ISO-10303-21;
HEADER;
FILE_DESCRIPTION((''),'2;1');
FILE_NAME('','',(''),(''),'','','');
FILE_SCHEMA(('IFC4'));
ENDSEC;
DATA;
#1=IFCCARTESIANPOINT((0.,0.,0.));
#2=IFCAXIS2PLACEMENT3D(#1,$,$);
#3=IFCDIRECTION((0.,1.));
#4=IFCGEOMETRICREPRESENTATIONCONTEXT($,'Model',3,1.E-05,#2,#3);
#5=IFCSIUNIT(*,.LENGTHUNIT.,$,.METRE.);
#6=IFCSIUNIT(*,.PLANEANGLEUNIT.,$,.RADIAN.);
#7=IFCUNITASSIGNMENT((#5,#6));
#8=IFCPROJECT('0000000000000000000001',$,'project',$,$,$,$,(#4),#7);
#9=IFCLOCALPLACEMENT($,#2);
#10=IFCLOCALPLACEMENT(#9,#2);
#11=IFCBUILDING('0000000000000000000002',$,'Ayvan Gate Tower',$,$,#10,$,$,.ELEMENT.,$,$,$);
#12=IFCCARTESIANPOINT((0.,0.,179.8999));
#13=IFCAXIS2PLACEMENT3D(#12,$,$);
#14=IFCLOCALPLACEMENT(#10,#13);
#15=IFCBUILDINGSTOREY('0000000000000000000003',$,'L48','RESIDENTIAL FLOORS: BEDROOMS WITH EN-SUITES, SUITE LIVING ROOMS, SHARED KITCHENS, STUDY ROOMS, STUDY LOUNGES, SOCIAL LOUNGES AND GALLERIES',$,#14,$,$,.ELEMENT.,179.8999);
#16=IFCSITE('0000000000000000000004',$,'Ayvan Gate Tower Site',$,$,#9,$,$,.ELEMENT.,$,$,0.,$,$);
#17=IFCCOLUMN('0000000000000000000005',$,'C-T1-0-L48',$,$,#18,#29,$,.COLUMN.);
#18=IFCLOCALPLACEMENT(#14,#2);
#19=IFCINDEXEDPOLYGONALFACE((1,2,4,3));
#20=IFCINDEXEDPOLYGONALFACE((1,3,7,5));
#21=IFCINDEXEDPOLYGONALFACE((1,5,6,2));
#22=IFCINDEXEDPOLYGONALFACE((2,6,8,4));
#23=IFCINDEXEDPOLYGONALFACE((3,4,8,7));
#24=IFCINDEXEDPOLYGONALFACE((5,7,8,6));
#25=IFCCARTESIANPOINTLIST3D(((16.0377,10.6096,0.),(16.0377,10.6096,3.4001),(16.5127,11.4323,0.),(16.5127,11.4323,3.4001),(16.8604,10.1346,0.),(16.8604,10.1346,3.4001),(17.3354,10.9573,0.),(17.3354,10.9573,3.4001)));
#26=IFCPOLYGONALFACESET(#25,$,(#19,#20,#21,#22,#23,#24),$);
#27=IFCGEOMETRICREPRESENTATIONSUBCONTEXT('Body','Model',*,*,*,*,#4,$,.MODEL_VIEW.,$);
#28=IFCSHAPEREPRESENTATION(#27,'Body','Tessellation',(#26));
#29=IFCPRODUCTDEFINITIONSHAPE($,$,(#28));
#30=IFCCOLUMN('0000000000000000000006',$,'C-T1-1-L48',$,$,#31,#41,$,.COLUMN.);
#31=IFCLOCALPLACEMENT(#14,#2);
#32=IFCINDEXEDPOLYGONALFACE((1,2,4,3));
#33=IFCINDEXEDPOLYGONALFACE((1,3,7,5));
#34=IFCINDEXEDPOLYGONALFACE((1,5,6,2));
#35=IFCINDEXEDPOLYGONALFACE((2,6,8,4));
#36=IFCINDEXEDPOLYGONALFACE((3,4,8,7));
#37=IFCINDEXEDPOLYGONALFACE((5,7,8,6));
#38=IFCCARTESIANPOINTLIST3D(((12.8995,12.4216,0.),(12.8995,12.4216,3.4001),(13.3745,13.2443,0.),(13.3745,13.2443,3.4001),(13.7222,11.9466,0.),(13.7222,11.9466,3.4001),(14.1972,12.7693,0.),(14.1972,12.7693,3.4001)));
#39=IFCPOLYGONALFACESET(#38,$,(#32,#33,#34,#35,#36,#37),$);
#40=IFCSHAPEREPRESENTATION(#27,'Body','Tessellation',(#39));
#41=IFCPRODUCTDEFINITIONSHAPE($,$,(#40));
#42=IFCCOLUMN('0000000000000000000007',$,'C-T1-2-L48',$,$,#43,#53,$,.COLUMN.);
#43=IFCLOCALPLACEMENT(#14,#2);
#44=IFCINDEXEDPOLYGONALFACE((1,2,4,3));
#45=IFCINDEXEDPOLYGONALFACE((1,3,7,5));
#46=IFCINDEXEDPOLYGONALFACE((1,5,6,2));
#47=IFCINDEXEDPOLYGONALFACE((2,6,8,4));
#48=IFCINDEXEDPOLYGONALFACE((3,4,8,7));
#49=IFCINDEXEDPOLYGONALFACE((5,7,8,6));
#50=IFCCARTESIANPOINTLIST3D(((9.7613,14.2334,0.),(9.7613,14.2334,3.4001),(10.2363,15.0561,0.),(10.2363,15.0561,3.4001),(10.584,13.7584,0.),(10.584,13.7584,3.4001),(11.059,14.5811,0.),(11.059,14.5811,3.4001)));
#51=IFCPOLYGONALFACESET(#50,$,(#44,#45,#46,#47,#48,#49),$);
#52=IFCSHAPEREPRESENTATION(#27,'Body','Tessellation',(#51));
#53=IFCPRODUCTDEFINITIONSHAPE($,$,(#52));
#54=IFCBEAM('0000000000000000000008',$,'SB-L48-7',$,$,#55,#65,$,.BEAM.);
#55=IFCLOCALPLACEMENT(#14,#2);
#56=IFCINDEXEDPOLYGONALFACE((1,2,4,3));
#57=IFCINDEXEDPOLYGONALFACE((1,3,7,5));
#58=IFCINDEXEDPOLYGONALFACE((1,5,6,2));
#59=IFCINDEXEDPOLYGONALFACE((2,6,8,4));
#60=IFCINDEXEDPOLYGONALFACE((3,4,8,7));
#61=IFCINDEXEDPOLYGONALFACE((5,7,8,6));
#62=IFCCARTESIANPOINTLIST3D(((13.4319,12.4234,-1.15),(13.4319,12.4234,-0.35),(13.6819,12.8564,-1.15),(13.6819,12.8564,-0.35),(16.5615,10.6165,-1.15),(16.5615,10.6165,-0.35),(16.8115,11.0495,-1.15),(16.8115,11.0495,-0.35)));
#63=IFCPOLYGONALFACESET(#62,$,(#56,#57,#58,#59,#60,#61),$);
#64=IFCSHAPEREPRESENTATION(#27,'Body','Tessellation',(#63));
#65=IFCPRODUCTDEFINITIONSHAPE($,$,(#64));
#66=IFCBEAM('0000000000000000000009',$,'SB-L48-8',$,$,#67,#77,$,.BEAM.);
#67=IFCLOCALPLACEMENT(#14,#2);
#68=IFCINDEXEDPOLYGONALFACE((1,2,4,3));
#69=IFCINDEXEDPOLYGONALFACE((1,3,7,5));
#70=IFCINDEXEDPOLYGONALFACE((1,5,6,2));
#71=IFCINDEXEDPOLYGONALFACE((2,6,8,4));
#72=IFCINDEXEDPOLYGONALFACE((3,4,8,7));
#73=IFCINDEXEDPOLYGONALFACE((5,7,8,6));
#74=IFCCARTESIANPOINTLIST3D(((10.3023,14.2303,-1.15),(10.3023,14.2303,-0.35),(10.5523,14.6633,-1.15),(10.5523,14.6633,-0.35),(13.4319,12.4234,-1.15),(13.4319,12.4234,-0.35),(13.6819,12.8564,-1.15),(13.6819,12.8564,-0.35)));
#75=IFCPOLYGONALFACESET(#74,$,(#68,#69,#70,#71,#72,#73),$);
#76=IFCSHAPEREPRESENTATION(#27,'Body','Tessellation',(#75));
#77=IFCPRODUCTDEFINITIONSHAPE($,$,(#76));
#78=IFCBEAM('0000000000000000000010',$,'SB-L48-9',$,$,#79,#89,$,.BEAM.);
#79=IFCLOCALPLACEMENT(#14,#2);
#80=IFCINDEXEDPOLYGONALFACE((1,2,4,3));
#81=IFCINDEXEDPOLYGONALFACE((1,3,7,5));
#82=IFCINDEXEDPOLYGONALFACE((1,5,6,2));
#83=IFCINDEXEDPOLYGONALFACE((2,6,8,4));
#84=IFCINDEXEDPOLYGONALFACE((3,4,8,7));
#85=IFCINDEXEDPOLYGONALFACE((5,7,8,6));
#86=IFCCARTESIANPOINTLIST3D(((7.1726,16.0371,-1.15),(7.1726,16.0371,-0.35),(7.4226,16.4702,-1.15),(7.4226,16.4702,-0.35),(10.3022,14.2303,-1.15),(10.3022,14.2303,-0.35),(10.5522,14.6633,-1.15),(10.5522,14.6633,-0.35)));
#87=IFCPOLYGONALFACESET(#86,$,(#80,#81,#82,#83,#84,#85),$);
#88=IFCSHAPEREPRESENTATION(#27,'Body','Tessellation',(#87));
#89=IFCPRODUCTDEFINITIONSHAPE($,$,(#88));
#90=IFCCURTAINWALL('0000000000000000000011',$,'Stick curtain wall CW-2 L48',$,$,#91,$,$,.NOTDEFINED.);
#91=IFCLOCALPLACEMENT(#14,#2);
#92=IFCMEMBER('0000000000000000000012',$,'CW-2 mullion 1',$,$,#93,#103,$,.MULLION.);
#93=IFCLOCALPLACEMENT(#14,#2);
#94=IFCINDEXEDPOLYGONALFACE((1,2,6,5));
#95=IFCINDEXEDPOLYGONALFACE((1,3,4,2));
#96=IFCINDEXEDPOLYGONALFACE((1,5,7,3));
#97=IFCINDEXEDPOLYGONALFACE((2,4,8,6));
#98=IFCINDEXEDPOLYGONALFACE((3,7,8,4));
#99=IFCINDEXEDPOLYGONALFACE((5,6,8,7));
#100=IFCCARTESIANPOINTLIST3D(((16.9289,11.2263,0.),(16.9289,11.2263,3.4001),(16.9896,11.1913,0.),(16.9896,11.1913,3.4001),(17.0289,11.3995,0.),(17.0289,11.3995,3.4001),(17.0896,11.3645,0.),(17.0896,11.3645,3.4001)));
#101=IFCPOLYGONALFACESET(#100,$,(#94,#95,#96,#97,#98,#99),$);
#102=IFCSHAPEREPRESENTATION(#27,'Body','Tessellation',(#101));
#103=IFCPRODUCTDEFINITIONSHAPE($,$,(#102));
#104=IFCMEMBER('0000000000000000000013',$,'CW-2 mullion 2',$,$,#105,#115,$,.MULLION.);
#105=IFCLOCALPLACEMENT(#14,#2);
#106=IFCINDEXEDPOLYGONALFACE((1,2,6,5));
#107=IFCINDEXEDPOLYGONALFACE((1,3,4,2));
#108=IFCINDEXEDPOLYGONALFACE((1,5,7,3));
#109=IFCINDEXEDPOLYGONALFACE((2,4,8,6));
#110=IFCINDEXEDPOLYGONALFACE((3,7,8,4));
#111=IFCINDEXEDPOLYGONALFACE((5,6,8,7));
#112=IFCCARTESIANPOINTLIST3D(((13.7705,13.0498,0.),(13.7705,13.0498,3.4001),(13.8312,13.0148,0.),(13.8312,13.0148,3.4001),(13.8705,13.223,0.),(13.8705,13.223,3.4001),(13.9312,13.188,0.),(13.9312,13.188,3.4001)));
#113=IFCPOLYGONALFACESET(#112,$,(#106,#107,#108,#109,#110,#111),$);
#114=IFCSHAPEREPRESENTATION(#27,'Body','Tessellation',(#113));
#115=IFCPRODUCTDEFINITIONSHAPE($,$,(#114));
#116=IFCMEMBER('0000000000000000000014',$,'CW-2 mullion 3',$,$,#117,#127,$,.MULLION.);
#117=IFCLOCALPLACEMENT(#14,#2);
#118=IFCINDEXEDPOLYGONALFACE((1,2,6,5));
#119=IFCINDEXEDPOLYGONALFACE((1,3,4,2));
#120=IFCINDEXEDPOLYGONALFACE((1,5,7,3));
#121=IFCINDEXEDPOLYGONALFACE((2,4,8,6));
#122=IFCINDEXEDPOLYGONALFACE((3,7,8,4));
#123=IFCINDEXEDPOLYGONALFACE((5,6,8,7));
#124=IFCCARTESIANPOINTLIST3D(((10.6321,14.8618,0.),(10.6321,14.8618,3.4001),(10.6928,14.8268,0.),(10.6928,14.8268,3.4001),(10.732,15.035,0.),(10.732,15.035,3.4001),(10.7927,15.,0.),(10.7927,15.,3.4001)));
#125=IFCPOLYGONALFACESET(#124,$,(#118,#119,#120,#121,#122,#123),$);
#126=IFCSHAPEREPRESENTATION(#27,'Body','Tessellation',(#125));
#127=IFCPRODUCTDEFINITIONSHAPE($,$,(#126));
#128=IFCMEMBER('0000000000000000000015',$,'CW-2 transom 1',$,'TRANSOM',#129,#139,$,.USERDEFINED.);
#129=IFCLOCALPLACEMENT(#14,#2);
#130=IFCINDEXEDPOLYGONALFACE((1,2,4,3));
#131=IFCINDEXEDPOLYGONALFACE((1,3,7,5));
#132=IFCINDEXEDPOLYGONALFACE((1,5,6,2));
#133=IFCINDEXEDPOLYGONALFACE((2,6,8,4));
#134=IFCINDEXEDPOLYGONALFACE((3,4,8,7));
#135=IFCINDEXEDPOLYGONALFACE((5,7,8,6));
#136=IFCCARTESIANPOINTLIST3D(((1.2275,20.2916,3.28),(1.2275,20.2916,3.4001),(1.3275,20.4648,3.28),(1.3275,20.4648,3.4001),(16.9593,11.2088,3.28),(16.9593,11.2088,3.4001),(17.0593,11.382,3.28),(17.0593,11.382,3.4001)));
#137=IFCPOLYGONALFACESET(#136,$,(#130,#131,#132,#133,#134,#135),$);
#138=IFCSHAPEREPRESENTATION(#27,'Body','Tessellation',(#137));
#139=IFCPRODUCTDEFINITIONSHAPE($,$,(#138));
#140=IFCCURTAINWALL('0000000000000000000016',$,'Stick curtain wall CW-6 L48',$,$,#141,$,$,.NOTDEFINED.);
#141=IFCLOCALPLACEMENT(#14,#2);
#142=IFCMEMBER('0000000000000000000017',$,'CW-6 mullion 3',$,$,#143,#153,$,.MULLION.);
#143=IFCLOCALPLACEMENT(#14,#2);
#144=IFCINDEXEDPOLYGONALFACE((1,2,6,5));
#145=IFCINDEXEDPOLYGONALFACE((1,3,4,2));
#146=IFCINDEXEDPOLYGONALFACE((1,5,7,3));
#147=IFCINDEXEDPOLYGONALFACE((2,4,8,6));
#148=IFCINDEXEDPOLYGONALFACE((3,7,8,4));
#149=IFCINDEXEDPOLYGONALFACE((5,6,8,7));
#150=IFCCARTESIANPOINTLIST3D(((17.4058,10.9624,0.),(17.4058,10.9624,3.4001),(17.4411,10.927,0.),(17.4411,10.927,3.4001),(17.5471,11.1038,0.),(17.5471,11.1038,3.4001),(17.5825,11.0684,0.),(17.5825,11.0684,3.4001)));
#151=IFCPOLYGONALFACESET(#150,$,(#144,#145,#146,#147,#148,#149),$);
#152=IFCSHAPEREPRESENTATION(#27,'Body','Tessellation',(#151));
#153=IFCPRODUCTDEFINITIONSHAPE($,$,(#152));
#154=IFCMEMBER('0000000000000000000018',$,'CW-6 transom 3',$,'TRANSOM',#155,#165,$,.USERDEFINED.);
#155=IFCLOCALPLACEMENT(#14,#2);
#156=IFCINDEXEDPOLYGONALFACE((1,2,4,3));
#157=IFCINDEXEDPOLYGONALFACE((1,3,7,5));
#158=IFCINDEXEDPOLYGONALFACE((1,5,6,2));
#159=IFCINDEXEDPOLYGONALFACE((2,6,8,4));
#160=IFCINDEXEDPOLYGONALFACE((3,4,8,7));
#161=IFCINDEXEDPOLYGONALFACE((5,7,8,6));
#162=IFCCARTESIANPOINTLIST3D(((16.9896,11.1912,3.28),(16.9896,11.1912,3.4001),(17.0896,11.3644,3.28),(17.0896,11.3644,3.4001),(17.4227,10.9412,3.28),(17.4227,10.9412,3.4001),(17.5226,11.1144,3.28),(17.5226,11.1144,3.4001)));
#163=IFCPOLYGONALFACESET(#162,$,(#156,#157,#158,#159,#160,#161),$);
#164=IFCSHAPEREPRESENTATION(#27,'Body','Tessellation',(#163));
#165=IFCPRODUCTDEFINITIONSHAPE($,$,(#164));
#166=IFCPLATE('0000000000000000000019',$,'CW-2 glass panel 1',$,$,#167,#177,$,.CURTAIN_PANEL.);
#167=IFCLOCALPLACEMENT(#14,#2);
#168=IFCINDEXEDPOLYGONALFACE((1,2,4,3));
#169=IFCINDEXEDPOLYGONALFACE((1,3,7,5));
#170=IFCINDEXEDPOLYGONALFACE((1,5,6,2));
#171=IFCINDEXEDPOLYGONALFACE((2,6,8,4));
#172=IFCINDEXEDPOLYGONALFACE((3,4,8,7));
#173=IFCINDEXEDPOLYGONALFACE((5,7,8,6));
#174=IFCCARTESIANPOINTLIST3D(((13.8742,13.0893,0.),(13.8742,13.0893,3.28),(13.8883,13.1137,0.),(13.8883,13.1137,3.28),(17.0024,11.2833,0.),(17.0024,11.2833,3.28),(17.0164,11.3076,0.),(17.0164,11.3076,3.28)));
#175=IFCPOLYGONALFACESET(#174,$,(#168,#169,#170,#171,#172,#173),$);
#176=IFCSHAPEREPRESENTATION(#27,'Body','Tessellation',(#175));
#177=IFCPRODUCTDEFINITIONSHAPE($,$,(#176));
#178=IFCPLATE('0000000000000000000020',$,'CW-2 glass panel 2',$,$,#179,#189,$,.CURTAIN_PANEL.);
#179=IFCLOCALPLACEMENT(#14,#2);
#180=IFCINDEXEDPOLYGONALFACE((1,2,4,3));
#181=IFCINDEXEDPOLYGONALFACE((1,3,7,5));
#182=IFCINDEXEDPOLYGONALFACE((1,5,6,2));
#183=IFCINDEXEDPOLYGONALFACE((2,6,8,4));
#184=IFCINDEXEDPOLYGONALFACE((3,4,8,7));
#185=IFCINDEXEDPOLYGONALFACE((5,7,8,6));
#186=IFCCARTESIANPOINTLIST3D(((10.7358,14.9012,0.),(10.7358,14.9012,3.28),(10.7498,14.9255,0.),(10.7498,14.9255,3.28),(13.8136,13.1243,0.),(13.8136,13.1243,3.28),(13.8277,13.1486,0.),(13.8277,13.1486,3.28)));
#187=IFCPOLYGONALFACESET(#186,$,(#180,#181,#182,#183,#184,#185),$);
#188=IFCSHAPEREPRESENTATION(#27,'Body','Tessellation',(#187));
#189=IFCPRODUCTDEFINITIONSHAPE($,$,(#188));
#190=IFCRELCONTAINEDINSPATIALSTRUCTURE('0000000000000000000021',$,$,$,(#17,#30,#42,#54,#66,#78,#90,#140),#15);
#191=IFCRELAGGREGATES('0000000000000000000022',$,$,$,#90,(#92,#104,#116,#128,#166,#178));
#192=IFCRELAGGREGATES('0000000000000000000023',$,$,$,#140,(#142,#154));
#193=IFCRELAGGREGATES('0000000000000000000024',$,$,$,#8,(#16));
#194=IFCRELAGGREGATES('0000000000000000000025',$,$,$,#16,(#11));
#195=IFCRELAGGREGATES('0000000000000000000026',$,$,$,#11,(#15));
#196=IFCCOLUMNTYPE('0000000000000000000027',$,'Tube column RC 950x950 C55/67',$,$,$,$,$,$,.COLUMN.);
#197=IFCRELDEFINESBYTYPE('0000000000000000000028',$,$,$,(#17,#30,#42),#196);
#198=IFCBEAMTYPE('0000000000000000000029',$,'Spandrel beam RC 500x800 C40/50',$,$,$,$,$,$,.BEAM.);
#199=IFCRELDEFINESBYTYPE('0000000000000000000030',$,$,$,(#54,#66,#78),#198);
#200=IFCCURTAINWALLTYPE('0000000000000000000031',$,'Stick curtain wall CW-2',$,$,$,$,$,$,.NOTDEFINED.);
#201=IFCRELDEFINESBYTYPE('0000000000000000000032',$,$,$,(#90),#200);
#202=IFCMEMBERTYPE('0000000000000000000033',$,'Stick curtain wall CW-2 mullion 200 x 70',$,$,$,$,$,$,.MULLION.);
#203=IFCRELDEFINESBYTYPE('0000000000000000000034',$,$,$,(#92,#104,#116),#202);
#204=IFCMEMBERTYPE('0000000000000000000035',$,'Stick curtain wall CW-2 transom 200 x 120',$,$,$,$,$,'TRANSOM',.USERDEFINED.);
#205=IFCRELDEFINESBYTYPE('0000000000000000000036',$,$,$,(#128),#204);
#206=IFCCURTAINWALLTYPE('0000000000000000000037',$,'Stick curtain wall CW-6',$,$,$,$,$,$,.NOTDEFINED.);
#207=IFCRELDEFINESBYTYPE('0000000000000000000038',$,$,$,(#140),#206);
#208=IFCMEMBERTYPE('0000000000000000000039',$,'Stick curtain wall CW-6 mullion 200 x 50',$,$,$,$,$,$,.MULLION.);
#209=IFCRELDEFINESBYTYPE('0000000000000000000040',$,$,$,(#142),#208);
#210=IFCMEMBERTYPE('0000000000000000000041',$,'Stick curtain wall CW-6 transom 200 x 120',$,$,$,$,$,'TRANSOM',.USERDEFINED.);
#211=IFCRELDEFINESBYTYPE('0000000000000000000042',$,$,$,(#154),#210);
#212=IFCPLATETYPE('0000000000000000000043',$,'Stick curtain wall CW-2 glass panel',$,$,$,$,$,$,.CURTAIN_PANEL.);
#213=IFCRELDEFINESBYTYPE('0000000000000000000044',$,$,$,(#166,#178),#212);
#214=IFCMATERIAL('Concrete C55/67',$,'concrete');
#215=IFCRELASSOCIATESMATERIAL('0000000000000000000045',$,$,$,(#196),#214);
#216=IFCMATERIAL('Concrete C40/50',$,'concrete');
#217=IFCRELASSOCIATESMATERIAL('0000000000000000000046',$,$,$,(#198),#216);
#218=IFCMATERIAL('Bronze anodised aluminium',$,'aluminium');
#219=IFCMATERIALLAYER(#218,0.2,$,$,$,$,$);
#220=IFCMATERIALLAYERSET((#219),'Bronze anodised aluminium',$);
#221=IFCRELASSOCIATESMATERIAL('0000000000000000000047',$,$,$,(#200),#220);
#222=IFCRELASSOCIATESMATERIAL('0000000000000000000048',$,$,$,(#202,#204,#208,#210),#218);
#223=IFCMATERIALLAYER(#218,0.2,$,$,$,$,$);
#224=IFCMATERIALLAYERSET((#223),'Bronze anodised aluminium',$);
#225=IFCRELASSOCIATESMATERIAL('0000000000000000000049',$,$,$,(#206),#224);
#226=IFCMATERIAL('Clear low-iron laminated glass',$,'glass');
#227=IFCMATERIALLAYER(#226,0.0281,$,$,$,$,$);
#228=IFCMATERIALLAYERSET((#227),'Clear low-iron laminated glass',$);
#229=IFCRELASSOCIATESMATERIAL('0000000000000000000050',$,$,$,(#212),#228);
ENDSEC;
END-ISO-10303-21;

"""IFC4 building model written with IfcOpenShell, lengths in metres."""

from ifc_helpers import new_model, si_unit, direction, frame, origin, origin_2d, place, context, subcontext, project, spatial, rectangle, extrude, material, layer, layer_set, material_profile, profile_set, type_object, element, aggregate, save


model = new_model("IFC4")

# Units and contexts
model_context = context("Model", 3, precision=1e-05, world=origin(), true_north=direction((0.0, 1.0)))
body_context = subcontext(model_context, "Body", "Model", "MODEL_VIEW")
ifc_project = project(units=[si_unit("LENGTHUNIT", "METRE"), si_unit("PLANEANGLEUNIT", "RADIAN")], contexts=[model_context])

# Site, building, storey
site_placement = place(None, origin())
site = spatial("IfcSite", under=ifc_project, at=site_placement, Name="Ayvan Gate Tower Site", CompositionType="ELEMENT", RefElevation=0.0)
building_placement = place(site_placement, origin())
building = spatial("IfcBuilding", under=site, at=building_placement, Name="Ayvan Gate Tower", CompositionType="ELEMENT")
storey_placement = place(building_placement, frame((0.0, 0.0, 179.8999)))
storey = spatial("IfcBuildingStorey", under=building, at=storey_placement, Name="L48", Description="RESIDENTIAL FLOORS: BEDROOMS WITH EN-SUITES, SUITE LIVING ROOMS, SHARED KITCHENS, STUDY ROOMS, STUDY LOUNGES, SOCIAL LOUNGES AND GALLERIES", CompositionType="ELEMENT", Elevation=179.8999)

# Columns
ifc_material_1 = material(Name="Concrete C55/67", Category="concrete")
ifc_material_profile_1 = material_profile(ifc_material_1, rectangle(XDim=0.95, YDim=0.95, at=origin_2d()), Name="RC 950x950")
ifc_profile_set_1 = profile_set([ifc_material_profile_1], Name="Concrete C55/67")
column_type = type_object("IfcColumnType", Name="Tube column RC 950x950 C55/67", PredefinedType="COLUMN", material=ifc_profile_set_1)
for number, where, z_axis, x_axis, name in (
    (1, (16.6865, 10.7834, 0.0), (0.0, 0.0, 1.0), (0.5, 0.866025, 0.0), "C-T1-0-L48"),
    (2, (13.5483, 12.5955, 0.0), (0.0, 0.0, 1.0), (0.5, 0.866025, 0.0), "C-T1-1-L48"),
    (3, (10.4102, 14.4072, 0.0), (0.0, 0.0, 1.0), (0.5, 0.866025, 0.0), "C-T1-2-L48"),
):
    element("IfcColumn", number, at=place(storey_placement, frame(where, z_axis=z_axis, x_axis=x_axis)), inside=storey, type_object=column_type, Name=name, PredefinedType="COLUMN", context=body_context, shape_type="SweptSolid", body=[
        extrude(rectangle(XDim=0.95, YDim=0.95, at=origin_2d()), origin(), (0.0, 0.0, 1.0), 3.4001),
    ])

# Beams
ifc_material_2 = material(Name="Concrete C40/50", Category="concrete")
ifc_material_profile_2 = material_profile(ifc_material_2, rectangle(XDim=0.5, YDim=0.8, at=origin_2d()), Name="RC 500x800")
ifc_profile_set_2 = profile_set([ifc_material_profile_2], Name="Concrete C40/50")
beam_type = type_object("IfcBeamType", Name="Spandrel beam RC 500x800 C40/50", PredefinedType="BEAM", material=ifc_profile_set_2)
for number, where, z_axis, x_axis, name in (
    (4, (16.6865, 10.833, -0.75), (-0.866027, 0.499997, 0.0), (-0.499997, -0.866027, 0.0), "SB-L48-7"),
    (5, (13.5569, 12.6399, -0.75), (-0.866027, 0.499997, 0.0), (-0.499997, -0.866027, 0.0), "SB-L48-8"),
    (6, (10.4272, 14.4468, -0.75), (-0.866027, 0.499997, 0.0), (-0.499997, -0.866027, 0.0), "SB-L48-9"),
):
    element("IfcBeam", number, at=place(storey_placement, frame(where, z_axis=z_axis, x_axis=x_axis)), inside=storey, type_object=beam_type, Name=name, PredefinedType="BEAM", context=body_context, shape_type="SweptSolid", body=[
        extrude(rectangle(XDim=0.5, YDim=0.8, at=origin_2d()), origin(), (0.0, 0.0, 1.0), 3.6138),
    ])

# Curtain walls, members
ifc_material_3 = material(Name="Bronze anodised aluminium", Category="aluminium")
ifc_layer_1 = layer(ifc_material_3, 0.2)
ifc_layer_set_1 = layer_set([ifc_layer_1], Name="Bronze anodised aluminium")
curtain_wall_type_1 = type_object("IfcCurtainWallType", Name="Stick curtain wall CW-2", PredefinedType="NOTDEFINED", material=ifc_layer_set_1)
curtain_wall_1_placement = place(storey_placement, origin())
curtain_wall_1 = element("IfcCurtainWall", 7, at=curtain_wall_1_placement, inside=storey, type_object=curtain_wall_type_1, Name="Stick curtain wall CW-2 L48", PredefinedType="NOTDEFINED")
ifc_material_profile_3 = material_profile(ifc_material_3, rectangle(XDim=0.2, YDim=0.0701, at=origin_2d()), Name="Stick curtain wall CW-2 mullion 200 x 70")
ifc_profile_set_3 = profile_set([ifc_material_profile_3], Name="Bronze anodised aluminium")
member_type_1 = type_object("IfcMemberType", Name="Stick curtain wall CW-2 mullion 200 x 70", PredefinedType="MULLION", material=ifc_profile_set_3)
member_1_placement = place(storey_placement, frame((17.0093, 11.2954, 0.0), z_axis=(0.0, 0.0, 1.0), x_axis=(0.5, 0.866025, 0.0)))
member_1 = element("IfcMember", 8, at=member_1_placement, type_object=member_type_1, Name="CW-2 mullion 1", PredefinedType="MULLION", context=body_context, shape_type="SweptSolid", body=[
    extrude(rectangle(XDim=0.2, YDim=0.0701, at=origin_2d()), origin(), (0.0, 0.0, 1.0), 3.4001),
])
member_2_placement = place(storey_placement, frame((13.8508, 13.1189, 0.0), z_axis=(0.0, 0.0, 1.0), x_axis=(0.5, 0.866025, 0.0)))
member_2 = element("IfcMember", 9, at=member_2_placement, type_object=member_type_1, Name="CW-2 mullion 2", PredefinedType="MULLION", context=body_context, shape_type="SweptSolid", body=[
    extrude(rectangle(XDim=0.2, YDim=0.0701, at=origin_2d()), origin(), (0.0, 0.0, 1.0), 3.4001),
])
member_3_placement = place(storey_placement, frame((10.7124, 14.9309, 0.0), z_axis=(0.0, 0.0, 1.0), x_axis=(0.5, 0.866025, 0.0)))
member_3 = element("IfcMember", 10, at=member_3_placement, type_object=member_type_1, Name="CW-2 mullion 3", PredefinedType="MULLION", context=body_context, shape_type="SweptSolid", body=[
    extrude(rectangle(XDim=0.2, YDim=0.0701, at=origin_2d()), origin(), (0.0, 0.0, 1.0), 3.4001),
])
ifc_material_profile_4 = material_profile(ifc_material_3, rectangle(XDim=0.2, YDim=0.1201, at=origin_2d()), Name="Stick curtain wall CW-2 transom 200 x 120")
ifc_profile_set_4 = profile_set([ifc_material_profile_4], Name="Bronze anodised aluminium")
member_type_2 = type_object("IfcMemberType", Name="Stick curtain wall CW-2 transom 200 x 120", ElementType="TRANSOM", PredefinedType="USERDEFINED", material=ifc_profile_set_4)
member_4_placement = place(storey_placement, frame((17.0093, 11.2954, 3.3401), z_axis=(-0.866024, 0.500003, 0.0), x_axis=(-0.500003, -0.866024, 0.0)))
member_4 = element("IfcMember", 11, at=member_4_placement, type_object=member_type_2, Name="CW-2 transom 1", ObjectType="TRANSOM", PredefinedType="USERDEFINED", context=body_context, shape_type="SweptSolid", body=[
    extrude(rectangle(XDim=0.2, YDim=0.1201, at=origin_2d()), origin(), (0.0, 0.0, 1.0), 18.1655),
])
ifc_layer_2 = layer(ifc_material_3, 0.2)
ifc_layer_set_2 = layer_set([ifc_layer_2], Name="Bronze anodised aluminium")
curtain_wall_type_2 = type_object("IfcCurtainWallType", Name="Stick curtain wall CW-6", PredefinedType="NOTDEFINED", material=ifc_layer_set_2)
curtain_wall_2_placement = place(storey_placement, origin())
curtain_wall_2 = element("IfcCurtainWall", 12, at=curtain_wall_2_placement, inside=storey, type_object=curtain_wall_type_2, Name="Stick curtain wall CW-6 L48", PredefinedType="NOTDEFINED")
ifc_material_profile_5 = material_profile(ifc_material_3, rectangle(XDim=0.2, YDim=0.05, at=origin_2d()), Name="Stick curtain wall CW-6 mullion 200 x 50")
ifc_profile_set_5 = profile_set([ifc_material_profile_5], Name="Bronze anodised aluminium")
member_type_3 = type_object("IfcMemberType", Name="Stick curtain wall CW-6 mullion 200 x 50", PredefinedType="MULLION", material=ifc_profile_set_5)
member_5_placement = place(storey_placement, frame((17.4941, 11.0154, 0.0), z_axis=(0.0, 0.0, 1.0), x_axis=(0.707107, 0.707107, 0.0)))
member_5 = element("IfcMember", 13, at=member_5_placement, type_object=member_type_3, Name="CW-6 mullion 3", PredefinedType="MULLION", context=body_context, shape_type="SweptSolid", body=[
    extrude(rectangle(XDim=0.2, YDim=0.05, at=origin_2d()), origin(), (0.0, 0.0, 1.0), 3.4001),
])
ifc_material_profile_6 = material_profile(ifc_material_3, rectangle(XDim=0.2, YDim=0.1201, at=origin_2d()), Name="Stick curtain wall CW-6 transom 200 x 120")
ifc_profile_set_6 = profile_set([ifc_material_profile_6], Name="Bronze anodised aluminium")
member_type_4 = type_object("IfcMemberType", Name="Stick curtain wall CW-6 transom 200 x 120", ElementType="TRANSOM", PredefinedType="USERDEFINED", material=ifc_profile_set_6)
member_6_placement = place(storey_placement, frame((17.4727, 11.0278, 3.3401), z_axis=(-0.866072, 0.49992, 0.0), x_axis=(-0.49992, -0.866072, 0.0)))
member_6 = element("IfcMember", 14, at=member_6_placement, type_object=member_type_4, Name="CW-6 transom 3", ObjectType="TRANSOM", PredefinedType="USERDEFINED", context=body_context, shape_type="SweptSolid", body=[
    extrude(rectangle(XDim=0.2, YDim=0.1201, at=origin_2d()), origin(), (0.0, 0.0, 1.0), 0.5),
])

# Plates
ifc_material_4 = material(Name="Clear low-iron laminated glass", Category="glass")
ifc_layer_3 = layer(ifc_material_4, 0.0281)
ifc_layer_set_3 = layer_set([ifc_layer_3], Name="Clear low-iron laminated glass")
plate_type_1 = type_object("IfcPlateType", Name="Stick curtain wall CW-2 glass panel", PredefinedType="CURTAIN_PANEL", material=ifc_layer_set_3)
plate_1_placement = place(storey_placement, frame((15.4453, 12.1985, 0.0), z_axis=(0.0, 0.0, 1.0), x_axis=(-0.866025, 0.5, 0.0)))
plate_1 = element("IfcPlate", 15, at=plate_1_placement, type_object=plate_type_1, Name="CW-2 glass panel 1", PredefinedType="CURTAIN_PANEL", context=body_context, shape_type="SweptSolid", body=[
    extrude(rectangle(XDim=3.6121, YDim=0.0281, at=origin_2d()), origin(), (0.0, 0.0, 1.0), 3.28),
])
plate_2_placement = place(storey_placement, frame((12.2817, 14.0249, 0.0), z_axis=(0.0, 0.0, 1.0), x_axis=(-0.866025, 0.5, 0.0)))
plate_2 = element("IfcPlate", 16, at=plate_2_placement, type_object=plate_type_1, Name="CW-2 glass panel 2", PredefinedType="CURTAIN_PANEL", context=body_context, shape_type="SweptSolid", body=[
    extrude(rectangle(XDim=3.554, YDim=0.0281, at=origin_2d()), origin(), (0.0, 0.0, 1.0), 3.28),
])
aggregate(curtain_wall_1, [member_1, member_2, member_3, member_4, plate_1, plate_2])
aggregate(curtain_wall_2, [member_5, member_6])

save(model, "model.ifc")
